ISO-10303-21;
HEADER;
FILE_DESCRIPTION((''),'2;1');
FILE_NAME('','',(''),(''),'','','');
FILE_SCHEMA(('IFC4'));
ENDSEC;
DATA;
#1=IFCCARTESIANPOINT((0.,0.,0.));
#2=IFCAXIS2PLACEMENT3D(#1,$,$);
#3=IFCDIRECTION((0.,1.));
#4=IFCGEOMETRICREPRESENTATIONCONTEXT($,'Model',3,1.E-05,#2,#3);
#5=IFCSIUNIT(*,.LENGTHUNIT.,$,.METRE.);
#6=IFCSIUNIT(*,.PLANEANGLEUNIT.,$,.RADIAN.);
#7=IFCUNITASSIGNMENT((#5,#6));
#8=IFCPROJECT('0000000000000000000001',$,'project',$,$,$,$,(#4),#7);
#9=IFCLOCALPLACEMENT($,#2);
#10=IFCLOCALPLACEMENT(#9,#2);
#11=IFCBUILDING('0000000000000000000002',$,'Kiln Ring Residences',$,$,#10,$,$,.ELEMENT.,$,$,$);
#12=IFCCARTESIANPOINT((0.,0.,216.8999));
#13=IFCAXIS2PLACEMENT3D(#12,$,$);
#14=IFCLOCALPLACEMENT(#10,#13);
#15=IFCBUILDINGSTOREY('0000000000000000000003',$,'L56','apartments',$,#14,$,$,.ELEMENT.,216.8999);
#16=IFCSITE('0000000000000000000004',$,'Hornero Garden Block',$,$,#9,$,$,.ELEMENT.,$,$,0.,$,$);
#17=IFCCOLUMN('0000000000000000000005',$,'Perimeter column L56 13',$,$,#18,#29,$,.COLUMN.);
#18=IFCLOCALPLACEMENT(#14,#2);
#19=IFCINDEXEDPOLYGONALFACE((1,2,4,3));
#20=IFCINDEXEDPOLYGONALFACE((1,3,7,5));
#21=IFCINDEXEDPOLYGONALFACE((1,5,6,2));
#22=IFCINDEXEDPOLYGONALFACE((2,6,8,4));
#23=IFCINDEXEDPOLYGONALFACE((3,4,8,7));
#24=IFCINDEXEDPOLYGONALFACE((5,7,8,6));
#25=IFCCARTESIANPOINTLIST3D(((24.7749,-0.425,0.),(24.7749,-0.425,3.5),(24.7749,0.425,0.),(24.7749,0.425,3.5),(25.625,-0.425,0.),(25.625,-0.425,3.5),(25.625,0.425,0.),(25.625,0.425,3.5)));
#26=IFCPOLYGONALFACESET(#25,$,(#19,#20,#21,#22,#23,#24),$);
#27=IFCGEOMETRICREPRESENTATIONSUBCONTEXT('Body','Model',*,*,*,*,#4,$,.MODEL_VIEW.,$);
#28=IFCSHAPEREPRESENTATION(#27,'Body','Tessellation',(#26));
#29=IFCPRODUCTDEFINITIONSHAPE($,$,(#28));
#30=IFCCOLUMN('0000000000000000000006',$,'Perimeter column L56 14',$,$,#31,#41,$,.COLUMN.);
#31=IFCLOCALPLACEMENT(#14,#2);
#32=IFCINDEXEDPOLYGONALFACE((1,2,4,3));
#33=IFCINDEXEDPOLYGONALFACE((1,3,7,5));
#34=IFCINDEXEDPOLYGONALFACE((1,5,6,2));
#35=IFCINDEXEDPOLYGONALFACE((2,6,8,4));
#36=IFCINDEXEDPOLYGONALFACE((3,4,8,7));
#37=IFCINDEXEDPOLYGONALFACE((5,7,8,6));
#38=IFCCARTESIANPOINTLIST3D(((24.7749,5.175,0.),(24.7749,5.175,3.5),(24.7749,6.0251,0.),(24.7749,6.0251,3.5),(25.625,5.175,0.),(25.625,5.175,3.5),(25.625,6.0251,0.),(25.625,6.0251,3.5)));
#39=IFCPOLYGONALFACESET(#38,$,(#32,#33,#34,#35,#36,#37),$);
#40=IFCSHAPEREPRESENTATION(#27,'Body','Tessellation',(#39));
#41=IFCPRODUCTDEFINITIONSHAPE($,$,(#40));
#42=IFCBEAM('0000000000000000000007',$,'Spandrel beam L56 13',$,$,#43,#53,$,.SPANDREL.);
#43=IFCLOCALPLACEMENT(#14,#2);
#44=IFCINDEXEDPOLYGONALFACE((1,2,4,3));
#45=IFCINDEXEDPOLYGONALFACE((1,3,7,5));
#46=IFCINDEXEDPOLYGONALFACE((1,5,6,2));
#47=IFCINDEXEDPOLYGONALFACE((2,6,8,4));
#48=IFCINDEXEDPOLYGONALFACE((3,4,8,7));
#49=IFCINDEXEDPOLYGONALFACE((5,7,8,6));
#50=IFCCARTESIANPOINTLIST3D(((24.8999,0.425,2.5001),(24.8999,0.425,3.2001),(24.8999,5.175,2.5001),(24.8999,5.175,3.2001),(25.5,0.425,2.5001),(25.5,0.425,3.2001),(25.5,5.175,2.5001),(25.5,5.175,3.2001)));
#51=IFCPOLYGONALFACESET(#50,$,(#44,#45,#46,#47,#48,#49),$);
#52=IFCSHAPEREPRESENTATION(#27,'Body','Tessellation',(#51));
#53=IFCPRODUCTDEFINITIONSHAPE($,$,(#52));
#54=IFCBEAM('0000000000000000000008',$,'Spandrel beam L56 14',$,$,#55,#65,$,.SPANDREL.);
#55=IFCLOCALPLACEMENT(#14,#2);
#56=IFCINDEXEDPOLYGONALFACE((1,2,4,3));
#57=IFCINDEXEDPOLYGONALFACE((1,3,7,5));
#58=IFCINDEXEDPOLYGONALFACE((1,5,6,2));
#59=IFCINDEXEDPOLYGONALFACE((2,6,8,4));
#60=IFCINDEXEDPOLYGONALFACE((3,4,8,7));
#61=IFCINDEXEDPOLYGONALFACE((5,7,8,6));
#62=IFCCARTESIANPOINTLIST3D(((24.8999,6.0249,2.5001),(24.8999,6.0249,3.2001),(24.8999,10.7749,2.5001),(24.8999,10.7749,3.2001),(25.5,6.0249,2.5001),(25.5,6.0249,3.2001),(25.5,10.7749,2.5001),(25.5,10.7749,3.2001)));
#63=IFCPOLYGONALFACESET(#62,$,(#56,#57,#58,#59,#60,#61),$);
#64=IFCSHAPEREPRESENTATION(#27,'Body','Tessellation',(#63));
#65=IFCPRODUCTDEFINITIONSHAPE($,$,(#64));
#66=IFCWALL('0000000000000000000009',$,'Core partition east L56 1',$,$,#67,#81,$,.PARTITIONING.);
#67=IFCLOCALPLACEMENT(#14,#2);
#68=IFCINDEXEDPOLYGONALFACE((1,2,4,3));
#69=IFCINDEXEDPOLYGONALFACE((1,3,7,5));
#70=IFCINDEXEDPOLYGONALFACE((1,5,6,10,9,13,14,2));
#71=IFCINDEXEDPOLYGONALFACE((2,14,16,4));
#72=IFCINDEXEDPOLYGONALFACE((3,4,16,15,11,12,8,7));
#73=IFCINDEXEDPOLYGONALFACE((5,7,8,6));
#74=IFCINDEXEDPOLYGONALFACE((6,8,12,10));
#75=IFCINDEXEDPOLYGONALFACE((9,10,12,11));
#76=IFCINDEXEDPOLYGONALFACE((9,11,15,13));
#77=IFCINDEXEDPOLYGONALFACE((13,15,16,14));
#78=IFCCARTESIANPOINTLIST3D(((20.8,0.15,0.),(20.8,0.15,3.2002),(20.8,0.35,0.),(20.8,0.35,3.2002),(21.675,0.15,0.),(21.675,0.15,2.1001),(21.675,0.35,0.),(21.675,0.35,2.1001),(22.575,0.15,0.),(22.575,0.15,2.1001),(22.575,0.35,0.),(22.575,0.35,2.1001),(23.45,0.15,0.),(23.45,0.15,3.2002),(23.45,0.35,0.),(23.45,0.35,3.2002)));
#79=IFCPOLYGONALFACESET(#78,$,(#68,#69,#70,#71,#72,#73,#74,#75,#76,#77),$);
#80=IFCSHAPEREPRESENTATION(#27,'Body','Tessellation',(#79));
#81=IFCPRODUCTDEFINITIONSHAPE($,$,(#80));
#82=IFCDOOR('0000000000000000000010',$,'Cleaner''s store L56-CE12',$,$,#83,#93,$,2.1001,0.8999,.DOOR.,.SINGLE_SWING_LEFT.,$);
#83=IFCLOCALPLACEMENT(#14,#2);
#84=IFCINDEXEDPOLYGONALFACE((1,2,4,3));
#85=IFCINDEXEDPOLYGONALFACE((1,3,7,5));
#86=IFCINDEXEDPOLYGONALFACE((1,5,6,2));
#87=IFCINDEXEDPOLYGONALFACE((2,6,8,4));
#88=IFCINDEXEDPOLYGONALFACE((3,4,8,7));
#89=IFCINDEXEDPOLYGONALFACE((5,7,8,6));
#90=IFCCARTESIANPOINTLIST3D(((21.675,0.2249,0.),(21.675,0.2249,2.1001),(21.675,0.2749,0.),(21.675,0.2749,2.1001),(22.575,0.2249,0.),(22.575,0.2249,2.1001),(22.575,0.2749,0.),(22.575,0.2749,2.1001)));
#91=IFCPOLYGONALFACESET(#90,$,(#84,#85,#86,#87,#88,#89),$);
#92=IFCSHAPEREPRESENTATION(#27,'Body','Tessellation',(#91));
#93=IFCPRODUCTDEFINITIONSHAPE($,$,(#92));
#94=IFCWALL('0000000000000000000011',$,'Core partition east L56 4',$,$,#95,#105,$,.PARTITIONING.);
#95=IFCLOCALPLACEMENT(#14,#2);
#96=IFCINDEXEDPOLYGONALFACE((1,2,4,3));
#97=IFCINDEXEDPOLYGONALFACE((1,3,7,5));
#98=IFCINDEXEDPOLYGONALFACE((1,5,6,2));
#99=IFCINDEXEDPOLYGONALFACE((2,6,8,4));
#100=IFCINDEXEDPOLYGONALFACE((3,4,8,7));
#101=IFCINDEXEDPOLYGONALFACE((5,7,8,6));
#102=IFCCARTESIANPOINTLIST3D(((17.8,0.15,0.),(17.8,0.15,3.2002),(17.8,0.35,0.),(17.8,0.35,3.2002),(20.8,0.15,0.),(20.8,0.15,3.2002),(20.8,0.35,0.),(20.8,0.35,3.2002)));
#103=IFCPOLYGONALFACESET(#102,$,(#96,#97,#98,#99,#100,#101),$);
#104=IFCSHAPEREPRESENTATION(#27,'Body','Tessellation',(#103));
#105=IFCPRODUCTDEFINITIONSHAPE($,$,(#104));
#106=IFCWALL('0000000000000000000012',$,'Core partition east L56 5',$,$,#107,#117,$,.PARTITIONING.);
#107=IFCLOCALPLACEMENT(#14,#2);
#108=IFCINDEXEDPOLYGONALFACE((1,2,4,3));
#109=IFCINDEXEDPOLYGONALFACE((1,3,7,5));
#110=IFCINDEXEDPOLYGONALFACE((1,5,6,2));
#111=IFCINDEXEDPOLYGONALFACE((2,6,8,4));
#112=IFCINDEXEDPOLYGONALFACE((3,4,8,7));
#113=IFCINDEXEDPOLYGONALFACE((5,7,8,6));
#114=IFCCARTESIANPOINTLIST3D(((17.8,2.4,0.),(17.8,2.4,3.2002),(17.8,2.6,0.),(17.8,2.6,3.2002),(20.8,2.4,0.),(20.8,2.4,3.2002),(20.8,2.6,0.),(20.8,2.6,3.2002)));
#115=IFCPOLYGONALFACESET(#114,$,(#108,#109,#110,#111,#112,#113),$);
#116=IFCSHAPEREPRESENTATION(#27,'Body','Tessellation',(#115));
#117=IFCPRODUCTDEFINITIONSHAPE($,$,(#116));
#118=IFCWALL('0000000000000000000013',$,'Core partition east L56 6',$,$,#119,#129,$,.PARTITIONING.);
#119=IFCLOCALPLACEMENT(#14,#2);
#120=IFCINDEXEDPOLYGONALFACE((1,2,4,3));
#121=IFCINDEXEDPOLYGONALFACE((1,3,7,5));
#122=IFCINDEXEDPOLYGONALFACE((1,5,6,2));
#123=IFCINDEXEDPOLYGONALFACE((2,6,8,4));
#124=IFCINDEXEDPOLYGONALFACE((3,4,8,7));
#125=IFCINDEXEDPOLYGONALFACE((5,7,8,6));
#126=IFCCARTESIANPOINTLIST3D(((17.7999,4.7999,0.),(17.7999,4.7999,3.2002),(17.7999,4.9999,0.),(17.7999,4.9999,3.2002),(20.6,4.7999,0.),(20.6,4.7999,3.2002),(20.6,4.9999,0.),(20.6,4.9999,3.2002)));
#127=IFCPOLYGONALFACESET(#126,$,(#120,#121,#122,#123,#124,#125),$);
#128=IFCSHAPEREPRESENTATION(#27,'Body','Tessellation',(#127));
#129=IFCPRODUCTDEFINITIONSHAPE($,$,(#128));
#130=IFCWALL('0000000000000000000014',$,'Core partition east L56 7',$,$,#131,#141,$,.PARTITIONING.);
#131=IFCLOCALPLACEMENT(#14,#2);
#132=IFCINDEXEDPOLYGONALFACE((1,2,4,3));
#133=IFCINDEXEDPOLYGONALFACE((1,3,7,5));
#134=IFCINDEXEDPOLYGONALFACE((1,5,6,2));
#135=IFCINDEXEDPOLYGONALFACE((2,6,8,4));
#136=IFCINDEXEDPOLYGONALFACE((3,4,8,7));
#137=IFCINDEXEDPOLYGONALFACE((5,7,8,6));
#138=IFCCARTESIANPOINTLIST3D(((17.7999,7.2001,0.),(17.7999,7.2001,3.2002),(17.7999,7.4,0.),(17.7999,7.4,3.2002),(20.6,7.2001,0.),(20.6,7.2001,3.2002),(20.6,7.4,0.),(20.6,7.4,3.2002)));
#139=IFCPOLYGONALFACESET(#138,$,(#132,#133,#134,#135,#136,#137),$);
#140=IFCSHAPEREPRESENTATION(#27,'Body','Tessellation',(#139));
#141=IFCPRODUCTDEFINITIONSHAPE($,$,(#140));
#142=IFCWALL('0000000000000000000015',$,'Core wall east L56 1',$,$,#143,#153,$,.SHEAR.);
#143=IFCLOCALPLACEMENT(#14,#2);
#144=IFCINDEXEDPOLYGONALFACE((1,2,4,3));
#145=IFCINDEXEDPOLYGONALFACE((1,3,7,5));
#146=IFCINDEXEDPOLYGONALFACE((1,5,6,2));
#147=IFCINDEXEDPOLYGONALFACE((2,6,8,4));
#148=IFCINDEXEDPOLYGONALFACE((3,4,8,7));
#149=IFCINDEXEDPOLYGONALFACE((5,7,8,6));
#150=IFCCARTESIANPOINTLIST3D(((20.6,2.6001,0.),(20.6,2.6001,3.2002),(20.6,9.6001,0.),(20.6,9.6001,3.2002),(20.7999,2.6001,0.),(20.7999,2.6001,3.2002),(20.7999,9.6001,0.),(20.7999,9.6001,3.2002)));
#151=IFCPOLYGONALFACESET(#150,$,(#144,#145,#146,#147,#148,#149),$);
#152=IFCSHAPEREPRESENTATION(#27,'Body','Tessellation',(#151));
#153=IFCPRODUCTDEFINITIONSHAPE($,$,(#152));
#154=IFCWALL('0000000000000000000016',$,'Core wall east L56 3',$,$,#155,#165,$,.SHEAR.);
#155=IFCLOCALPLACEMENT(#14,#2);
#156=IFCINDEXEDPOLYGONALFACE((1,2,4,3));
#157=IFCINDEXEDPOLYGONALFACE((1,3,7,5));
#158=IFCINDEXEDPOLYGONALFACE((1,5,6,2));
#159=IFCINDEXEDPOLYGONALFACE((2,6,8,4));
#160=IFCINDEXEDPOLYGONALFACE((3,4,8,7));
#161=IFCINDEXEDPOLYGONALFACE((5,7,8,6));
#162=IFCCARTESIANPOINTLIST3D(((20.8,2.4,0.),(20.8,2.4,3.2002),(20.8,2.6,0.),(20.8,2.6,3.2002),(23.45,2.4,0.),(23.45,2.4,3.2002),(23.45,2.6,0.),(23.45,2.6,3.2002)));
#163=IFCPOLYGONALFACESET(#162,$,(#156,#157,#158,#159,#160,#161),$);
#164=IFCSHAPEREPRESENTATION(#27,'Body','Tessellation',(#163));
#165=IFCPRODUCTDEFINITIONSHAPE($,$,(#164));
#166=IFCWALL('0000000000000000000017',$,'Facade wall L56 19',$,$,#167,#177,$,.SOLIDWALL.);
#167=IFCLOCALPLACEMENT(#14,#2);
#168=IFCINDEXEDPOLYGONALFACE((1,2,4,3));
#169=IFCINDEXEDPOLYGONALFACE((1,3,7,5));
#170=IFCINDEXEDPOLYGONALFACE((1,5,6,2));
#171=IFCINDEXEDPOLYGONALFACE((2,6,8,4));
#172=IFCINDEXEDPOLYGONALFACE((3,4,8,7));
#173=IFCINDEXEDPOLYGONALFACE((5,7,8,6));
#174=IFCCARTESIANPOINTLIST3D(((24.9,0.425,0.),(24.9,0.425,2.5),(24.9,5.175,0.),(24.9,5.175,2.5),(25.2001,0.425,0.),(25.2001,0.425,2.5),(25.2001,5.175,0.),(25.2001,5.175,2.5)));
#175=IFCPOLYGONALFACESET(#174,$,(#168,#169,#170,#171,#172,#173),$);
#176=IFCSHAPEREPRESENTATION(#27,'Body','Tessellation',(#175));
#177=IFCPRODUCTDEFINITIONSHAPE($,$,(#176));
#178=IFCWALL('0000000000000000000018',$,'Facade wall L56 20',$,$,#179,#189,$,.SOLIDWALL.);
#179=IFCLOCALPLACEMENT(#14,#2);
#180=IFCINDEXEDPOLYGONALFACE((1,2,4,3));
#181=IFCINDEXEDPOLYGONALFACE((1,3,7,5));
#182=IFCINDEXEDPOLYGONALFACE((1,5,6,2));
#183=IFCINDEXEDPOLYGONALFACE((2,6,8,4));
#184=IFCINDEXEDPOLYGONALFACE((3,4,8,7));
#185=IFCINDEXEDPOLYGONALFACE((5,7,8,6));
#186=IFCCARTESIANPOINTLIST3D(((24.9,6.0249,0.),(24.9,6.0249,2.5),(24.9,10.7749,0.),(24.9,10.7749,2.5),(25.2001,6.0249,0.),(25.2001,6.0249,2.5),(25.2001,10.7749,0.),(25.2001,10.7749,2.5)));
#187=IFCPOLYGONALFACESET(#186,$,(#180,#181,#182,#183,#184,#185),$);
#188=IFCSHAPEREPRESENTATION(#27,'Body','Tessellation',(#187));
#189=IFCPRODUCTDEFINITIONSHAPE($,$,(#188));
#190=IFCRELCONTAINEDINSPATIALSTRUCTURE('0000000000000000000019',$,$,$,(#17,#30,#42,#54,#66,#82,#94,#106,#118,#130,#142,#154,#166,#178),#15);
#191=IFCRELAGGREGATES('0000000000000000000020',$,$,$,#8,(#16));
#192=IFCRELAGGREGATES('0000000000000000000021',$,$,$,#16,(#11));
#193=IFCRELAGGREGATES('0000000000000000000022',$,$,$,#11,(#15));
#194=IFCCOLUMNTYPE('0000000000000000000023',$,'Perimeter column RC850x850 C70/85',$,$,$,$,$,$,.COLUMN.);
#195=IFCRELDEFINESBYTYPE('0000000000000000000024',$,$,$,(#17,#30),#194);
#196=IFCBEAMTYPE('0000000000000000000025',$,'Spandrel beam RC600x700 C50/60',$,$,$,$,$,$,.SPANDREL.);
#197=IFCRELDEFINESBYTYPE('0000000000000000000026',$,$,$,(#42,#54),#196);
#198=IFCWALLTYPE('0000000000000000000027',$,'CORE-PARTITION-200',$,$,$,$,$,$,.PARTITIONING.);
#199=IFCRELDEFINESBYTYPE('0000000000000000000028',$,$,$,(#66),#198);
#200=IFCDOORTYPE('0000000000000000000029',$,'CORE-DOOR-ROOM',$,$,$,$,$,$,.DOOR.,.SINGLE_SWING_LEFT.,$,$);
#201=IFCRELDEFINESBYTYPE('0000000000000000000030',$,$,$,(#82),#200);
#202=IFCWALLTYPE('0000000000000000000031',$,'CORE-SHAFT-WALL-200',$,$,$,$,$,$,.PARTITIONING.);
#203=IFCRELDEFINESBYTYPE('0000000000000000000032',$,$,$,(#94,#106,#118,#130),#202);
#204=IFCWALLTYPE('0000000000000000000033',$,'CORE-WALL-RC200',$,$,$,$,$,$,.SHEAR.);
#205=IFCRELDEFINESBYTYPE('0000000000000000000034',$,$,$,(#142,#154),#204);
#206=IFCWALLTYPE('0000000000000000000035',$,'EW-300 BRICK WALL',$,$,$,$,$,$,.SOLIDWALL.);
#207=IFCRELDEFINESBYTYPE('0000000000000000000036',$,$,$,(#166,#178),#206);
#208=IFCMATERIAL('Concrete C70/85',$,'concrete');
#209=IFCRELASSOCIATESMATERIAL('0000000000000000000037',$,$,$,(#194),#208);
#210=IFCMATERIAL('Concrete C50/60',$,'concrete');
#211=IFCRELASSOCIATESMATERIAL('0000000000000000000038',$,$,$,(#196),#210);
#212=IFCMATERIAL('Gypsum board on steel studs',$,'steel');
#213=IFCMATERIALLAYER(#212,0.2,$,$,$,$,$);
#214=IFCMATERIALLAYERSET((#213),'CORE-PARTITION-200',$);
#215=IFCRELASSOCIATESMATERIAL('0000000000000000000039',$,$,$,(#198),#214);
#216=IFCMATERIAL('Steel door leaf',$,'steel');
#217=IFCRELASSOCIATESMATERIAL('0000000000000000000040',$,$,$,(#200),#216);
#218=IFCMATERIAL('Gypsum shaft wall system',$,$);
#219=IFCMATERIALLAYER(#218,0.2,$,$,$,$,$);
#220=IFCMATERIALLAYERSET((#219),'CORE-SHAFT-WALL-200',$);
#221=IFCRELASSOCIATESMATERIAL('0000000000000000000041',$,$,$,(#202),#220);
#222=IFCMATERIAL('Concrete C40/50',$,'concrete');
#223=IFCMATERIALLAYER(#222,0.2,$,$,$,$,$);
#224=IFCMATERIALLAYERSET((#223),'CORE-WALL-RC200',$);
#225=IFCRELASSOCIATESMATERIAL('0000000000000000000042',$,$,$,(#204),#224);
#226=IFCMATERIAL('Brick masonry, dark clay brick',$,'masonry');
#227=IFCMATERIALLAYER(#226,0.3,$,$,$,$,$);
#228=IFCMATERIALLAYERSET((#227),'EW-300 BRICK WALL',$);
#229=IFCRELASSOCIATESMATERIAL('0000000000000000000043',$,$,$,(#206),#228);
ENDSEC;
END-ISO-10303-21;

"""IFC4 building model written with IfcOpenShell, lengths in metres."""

from ifc_helpers import new_model, si_unit, direction, frame, frame_2d, origin, origin_2d, place, context, subcontext, project, spatial, rectangle, extrude, material, layer, layer_set, material_profile, profile_set, type_object, element, fill, save


model = new_model("IFC4")

# Units and contexts
model_context = context("Model", 3, precision=1e-05, world=origin(), true_north=direction((0.0, 1.0)))
body_context = subcontext(model_context, "Body", "Model", "MODEL_VIEW")
ifc_project = project(units=[si_unit("LENGTHUNIT", "METRE"), si_unit("PLANEANGLEUNIT", "RADIAN")], contexts=[model_context])

# Site, building, storey
site_placement = place(None, origin())
site = spatial("IfcSite", under=ifc_project, at=site_placement, Name="Hornero Garden Block", CompositionType="ELEMENT", RefElevation=0.0)
building_placement = place(site_placement, origin())
building = spatial("IfcBuilding", under=site, at=building_placement, Name="Kiln Ring Residences", CompositionType="ELEMENT")
storey_placement = place(building_placement, frame((0.0, 0.0, 216.8999)))
storey = spatial("IfcBuildingStorey", under=building, at=storey_placement, Name="L56", Description="apartments", CompositionType="ELEMENT", Elevation=216.8999)

# Columns
ifc_material_1 = material(Name="Concrete C70/85", Category="concrete")
ifc_material_profile_1 = material_profile(ifc_material_1, rectangle(XDim=0.8501, YDim=0.8501, at=origin_2d()), Name="RC850x850")
ifc_profile_set_1 = profile_set([ifc_material_profile_1], Name="Concrete C70/85")
column_type = type_object("IfcColumnType", Name="Perimeter column RC850x850 C70/85", PredefinedType="COLUMN", material=ifc_profile_set_1)
for number, where, z_axis, x_axis, name in (
    (1, (25.2, 0.0, 0.0), (0.0, 0.0, 1.0), (1.0, 0.0, 0.0), "Perimeter column L56 13"),
    (2, (25.2, 5.6001, 0.0), (0.0, 0.0, 1.0), (1.0, 0.0, 0.0), "Perimeter column L56 14"),
):
    element("IfcColumn", number, at=place(storey_placement, frame(where, z_axis=z_axis, x_axis=x_axis)), inside=storey, type_object=column_type, Name=name, PredefinedType="COLUMN", context=body_context, shape_type="SweptSolid", body=[
        extrude(rectangle(XDim=0.8501, YDim=0.8501, at=origin_2d()), origin(), (0.0, 0.0, 1.0), 3.5),
    ])

# Beams
ifc_material_2 = material(Name="Concrete C50/60", Category="concrete")
ifc_material_profile_2 = material_profile(ifc_material_2, rectangle(XDim=0.6001, YDim=0.7, at=origin_2d()), Name="RC600x700")
ifc_profile_set_2 = profile_set([ifc_material_profile_2], Name="Concrete C50/60")
beam_type = type_object("IfcBeamType", Name="Spandrel beam RC600x700 C50/60", PredefinedType="SPANDREL", material=ifc_profile_set_2)
for number, where, z_axis, x_axis, name in (
    (3, (25.2, 0.425, 2.8501), (0.0, 1.0, 0.0), (-1.0, 0.0, 0.0), "Spandrel beam L56 13"),
    (4, (25.2, 6.0249, 2.8501), (0.0, 1.0, 0.0), (-1.0, 0.0, 0.0), "Spandrel beam L56 14"),
):
    element("IfcBeam", number, at=place(storey_placement, frame(where, z_axis=z_axis, x_axis=x_axis)), inside=storey, type_object=beam_type, Name=name, PredefinedType="SPANDREL", context=body_context, shape_type="SweptSolid", body=[
        extrude(rectangle(XDim=0.6001, YDim=0.7, at=origin_2d()), origin(), (0.0, 0.0, 1.0), 4.75),
    ])

# Wall, opening, door
ifc_material_3 = material(Name="Gypsum board on steel studs", Category="steel")
ifc_layer_1 = layer(ifc_material_3, 0.2)
ifc_layer_set_1 = layer_set([ifc_layer_1], Name="CORE-PARTITION-200")
wall_type_1 = type_object("IfcWallType", Name="CORE-PARTITION-200", PredefinedType="PARTITIONING", material=ifc_layer_set_1)
wall_1_placement = place(storey_placement, frame((20.8, 0.25, 0.0), z_axis=(0.0, 0.0, 1.0), x_axis=(1.0, 0.0, 0.0)))
wall_1 = element("IfcWall", 5, at=wall_1_placement, inside=storey, type_object=wall_type_1, Name="Core partition east L56 1", PredefinedType="PARTITIONING", context=body_context, shape_type="SweptSolid", body=[
    extrude(rectangle(XDim=2.6499, YDim=0.2, at=frame_2d((1.325, 0.0))), origin(), (0.0, 0.0, 1.0), 3.2002),
])
opening_placement = place(wall_1_placement, frame((0.875, 0.0, 0.0)))
opening = element("IfcOpeningElement", 6, at=opening_placement, cuts=wall_1, PredefinedType="OPENING", context=body_context, shape_type="SweptSolid", body=[
    extrude(rectangle(XDim=0.8999, YDim=2.1001, at=frame_2d((0.45, 1.05))), frame((0.0, 0.1099, 0.0), z_axis=(0.0, -1.0, 0.0), x_axis=(1.0, 0.0, 0.0)), (0.0, 0.0, 1.0), 0.22),
])
ifc_material_4 = material(Name="Steel door leaf", Category="steel")
door_type = type_object("IfcDoorType", Name="CORE-DOOR-ROOM", OperationType="SINGLE_SWING_LEFT", PredefinedType="DOOR", material=ifc_material_4)
door_placement = place(opening_placement, origin())
door = element("IfcDoor", 7, at=door_placement, inside=storey, type_object=door_type, Name="Cleaner's store L56-CE12", OperationType="SINGLE_SWING_LEFT", OverallHeight=2.1001, OverallWidth=0.8999, PredefinedType="DOOR", context=body_context, shape_type="SweptSolid", body=[
    extrude(rectangle(XDim=0.8999, YDim=2.1001, at=frame_2d((0.45, 1.05))), frame((0.0, 0.0249, 0.0), z_axis=(0.0, -1.0, 0.0), x_axis=(1.0, 0.0, 0.0)), (0.0, 0.0, 1.0), 0.05),
])
fill(opening, door)

# Walls
ifc_material_5 = material(Name="Gypsum shaft wall system")
ifc_layer_2 = layer(ifc_material_5, 0.2)
ifc_layer_set_2 = layer_set([ifc_layer_2], Name="CORE-SHAFT-WALL-200")
wall_type_2 = type_object("IfcWallType", Name="CORE-SHAFT-WALL-200", PredefinedType="PARTITIONING", material=ifc_layer_set_2)
for number, where, z_axis, x_axis, name in (
    (8, (17.8, 0.25, 0.0), (0.0, 0.0, 1.0), (1.0, 0.0, 0.0), "Core partition east L56 4"),
    (9, (17.8, 2.5, 0.0), (0.0, 0.0, 1.0), (1.0, 0.0, 0.0), "Core partition east L56 5"),
):
    element("IfcWall", number, at=place(storey_placement, frame(where, z_axis=z_axis, x_axis=x_axis)), inside=storey, type_object=wall_type_2, Name=name, PredefinedType="PARTITIONING", context=body_context, shape_type="SweptSolid", body=[
        extrude(rectangle(XDim=3.0, YDim=0.2, at=frame_2d((1.5, 0.0))), origin(), (0.0, 0.0, 1.0), 3.2002),
    ])
for number, where, z_axis, x_axis, name in (
    (10, (17.8, 4.8999, 0.0), (0.0, 0.0, 1.0), (1.0, 0.0, 0.0), "Core partition east L56 6"),
    (11, (17.8, 7.3, 0.0), (0.0, 0.0, 1.0), (1.0, 0.0, 0.0), "Core partition east L56 7"),
):
    element("IfcWall", number, at=place(storey_placement, frame(where, z_axis=z_axis, x_axis=x_axis)), inside=storey, type_object=wall_type_2, Name=name, PredefinedType="PARTITIONING", context=body_context, shape_type="SweptSolid", body=[
        extrude(rectangle(XDim=2.8, YDim=0.2, at=frame_2d((1.3999, 0.0))), origin(), (0.0, 0.0, 1.0), 3.2002),
    ])
ifc_material_6 = material(Name="Concrete C40/50", Category="concrete")
ifc_layer_3 = layer(ifc_material_6, 0.2)
ifc_layer_set_3 = layer_set([ifc_layer_3], Name="CORE-WALL-RC200")
wall_type_3 = type_object("IfcWallType", Name="CORE-WALL-RC200", PredefinedType="SHEAR", material=ifc_layer_set_3)
wall_2_placement = place(storey_placement, frame((20.7, 2.6001, 0.0), z_axis=(0.0, 0.0, 1.0), x_axis=(0.0, 1.0, 0.0)))
element("IfcWall", 12, at=wall_2_placement, inside=storey, type_object=wall_type_3, Name="Core wall east L56 1", PredefinedType="SHEAR", context=body_context, shape_type="SweptSolid", body=[
    extrude(rectangle(XDim=7.0, YDim=0.2, at=frame_2d((3.5, 0.0))), origin(), (0.0, 0.0, 1.0), 3.2002),
])
wall_3_placement = place(storey_placement, frame((20.8, 2.5, 0.0), z_axis=(0.0, 0.0, 1.0), x_axis=(1.0, 0.0, 0.0)))
element("IfcWall", 13, at=wall_3_placement, inside=storey, type_object=wall_type_3, Name="Core wall east L56 3", PredefinedType="SHEAR", context=body_context, shape_type="SweptSolid", body=[
    extrude(rectangle(XDim=2.6499, YDim=0.2, at=frame_2d((1.325, 0.0))), origin(), (0.0, 0.0, 1.0), 3.2002),
])
ifc_material_7 = material(Name="Brick masonry, dark clay brick", Category="masonry")
ifc_layer_4 = layer(ifc_material_7, 0.3)
ifc_layer_set_4 = layer_set([ifc_layer_4], Name="EW-300 BRICK WALL")
wall_type_4 = type_object("IfcWallType", Name="EW-300 BRICK WALL", PredefinedType="SOLIDWALL", material=ifc_layer_set_4)
for number, where, z_axis, x_axis, name in (
    (14, (25.05, 0.425, 0.0), (0.0, 0.0, 1.0), (0.0, 1.0, 0.0), "Facade wall L56 19"),
    (15, (25.05, 6.0249, 0.0), (0.0, 0.0, 1.0), (0.0, 1.0, 0.0), "Facade wall L56 20"),
):
    element("IfcWall", number, at=place(storey_placement, frame(where, z_axis=z_axis, x_axis=x_axis)), inside=storey, type_object=wall_type_4, Name=name, PredefinedType="SOLIDWALL", context=body_context, shape_type="SweptSolid", body=[
        extrude(rectangle(XDim=4.75, YDim=0.3, at=frame_2d((2.375, 0.0))), origin(), (0.0, 0.0, 1.0), 2.5),
    ])

save(model, "model.ifc")
